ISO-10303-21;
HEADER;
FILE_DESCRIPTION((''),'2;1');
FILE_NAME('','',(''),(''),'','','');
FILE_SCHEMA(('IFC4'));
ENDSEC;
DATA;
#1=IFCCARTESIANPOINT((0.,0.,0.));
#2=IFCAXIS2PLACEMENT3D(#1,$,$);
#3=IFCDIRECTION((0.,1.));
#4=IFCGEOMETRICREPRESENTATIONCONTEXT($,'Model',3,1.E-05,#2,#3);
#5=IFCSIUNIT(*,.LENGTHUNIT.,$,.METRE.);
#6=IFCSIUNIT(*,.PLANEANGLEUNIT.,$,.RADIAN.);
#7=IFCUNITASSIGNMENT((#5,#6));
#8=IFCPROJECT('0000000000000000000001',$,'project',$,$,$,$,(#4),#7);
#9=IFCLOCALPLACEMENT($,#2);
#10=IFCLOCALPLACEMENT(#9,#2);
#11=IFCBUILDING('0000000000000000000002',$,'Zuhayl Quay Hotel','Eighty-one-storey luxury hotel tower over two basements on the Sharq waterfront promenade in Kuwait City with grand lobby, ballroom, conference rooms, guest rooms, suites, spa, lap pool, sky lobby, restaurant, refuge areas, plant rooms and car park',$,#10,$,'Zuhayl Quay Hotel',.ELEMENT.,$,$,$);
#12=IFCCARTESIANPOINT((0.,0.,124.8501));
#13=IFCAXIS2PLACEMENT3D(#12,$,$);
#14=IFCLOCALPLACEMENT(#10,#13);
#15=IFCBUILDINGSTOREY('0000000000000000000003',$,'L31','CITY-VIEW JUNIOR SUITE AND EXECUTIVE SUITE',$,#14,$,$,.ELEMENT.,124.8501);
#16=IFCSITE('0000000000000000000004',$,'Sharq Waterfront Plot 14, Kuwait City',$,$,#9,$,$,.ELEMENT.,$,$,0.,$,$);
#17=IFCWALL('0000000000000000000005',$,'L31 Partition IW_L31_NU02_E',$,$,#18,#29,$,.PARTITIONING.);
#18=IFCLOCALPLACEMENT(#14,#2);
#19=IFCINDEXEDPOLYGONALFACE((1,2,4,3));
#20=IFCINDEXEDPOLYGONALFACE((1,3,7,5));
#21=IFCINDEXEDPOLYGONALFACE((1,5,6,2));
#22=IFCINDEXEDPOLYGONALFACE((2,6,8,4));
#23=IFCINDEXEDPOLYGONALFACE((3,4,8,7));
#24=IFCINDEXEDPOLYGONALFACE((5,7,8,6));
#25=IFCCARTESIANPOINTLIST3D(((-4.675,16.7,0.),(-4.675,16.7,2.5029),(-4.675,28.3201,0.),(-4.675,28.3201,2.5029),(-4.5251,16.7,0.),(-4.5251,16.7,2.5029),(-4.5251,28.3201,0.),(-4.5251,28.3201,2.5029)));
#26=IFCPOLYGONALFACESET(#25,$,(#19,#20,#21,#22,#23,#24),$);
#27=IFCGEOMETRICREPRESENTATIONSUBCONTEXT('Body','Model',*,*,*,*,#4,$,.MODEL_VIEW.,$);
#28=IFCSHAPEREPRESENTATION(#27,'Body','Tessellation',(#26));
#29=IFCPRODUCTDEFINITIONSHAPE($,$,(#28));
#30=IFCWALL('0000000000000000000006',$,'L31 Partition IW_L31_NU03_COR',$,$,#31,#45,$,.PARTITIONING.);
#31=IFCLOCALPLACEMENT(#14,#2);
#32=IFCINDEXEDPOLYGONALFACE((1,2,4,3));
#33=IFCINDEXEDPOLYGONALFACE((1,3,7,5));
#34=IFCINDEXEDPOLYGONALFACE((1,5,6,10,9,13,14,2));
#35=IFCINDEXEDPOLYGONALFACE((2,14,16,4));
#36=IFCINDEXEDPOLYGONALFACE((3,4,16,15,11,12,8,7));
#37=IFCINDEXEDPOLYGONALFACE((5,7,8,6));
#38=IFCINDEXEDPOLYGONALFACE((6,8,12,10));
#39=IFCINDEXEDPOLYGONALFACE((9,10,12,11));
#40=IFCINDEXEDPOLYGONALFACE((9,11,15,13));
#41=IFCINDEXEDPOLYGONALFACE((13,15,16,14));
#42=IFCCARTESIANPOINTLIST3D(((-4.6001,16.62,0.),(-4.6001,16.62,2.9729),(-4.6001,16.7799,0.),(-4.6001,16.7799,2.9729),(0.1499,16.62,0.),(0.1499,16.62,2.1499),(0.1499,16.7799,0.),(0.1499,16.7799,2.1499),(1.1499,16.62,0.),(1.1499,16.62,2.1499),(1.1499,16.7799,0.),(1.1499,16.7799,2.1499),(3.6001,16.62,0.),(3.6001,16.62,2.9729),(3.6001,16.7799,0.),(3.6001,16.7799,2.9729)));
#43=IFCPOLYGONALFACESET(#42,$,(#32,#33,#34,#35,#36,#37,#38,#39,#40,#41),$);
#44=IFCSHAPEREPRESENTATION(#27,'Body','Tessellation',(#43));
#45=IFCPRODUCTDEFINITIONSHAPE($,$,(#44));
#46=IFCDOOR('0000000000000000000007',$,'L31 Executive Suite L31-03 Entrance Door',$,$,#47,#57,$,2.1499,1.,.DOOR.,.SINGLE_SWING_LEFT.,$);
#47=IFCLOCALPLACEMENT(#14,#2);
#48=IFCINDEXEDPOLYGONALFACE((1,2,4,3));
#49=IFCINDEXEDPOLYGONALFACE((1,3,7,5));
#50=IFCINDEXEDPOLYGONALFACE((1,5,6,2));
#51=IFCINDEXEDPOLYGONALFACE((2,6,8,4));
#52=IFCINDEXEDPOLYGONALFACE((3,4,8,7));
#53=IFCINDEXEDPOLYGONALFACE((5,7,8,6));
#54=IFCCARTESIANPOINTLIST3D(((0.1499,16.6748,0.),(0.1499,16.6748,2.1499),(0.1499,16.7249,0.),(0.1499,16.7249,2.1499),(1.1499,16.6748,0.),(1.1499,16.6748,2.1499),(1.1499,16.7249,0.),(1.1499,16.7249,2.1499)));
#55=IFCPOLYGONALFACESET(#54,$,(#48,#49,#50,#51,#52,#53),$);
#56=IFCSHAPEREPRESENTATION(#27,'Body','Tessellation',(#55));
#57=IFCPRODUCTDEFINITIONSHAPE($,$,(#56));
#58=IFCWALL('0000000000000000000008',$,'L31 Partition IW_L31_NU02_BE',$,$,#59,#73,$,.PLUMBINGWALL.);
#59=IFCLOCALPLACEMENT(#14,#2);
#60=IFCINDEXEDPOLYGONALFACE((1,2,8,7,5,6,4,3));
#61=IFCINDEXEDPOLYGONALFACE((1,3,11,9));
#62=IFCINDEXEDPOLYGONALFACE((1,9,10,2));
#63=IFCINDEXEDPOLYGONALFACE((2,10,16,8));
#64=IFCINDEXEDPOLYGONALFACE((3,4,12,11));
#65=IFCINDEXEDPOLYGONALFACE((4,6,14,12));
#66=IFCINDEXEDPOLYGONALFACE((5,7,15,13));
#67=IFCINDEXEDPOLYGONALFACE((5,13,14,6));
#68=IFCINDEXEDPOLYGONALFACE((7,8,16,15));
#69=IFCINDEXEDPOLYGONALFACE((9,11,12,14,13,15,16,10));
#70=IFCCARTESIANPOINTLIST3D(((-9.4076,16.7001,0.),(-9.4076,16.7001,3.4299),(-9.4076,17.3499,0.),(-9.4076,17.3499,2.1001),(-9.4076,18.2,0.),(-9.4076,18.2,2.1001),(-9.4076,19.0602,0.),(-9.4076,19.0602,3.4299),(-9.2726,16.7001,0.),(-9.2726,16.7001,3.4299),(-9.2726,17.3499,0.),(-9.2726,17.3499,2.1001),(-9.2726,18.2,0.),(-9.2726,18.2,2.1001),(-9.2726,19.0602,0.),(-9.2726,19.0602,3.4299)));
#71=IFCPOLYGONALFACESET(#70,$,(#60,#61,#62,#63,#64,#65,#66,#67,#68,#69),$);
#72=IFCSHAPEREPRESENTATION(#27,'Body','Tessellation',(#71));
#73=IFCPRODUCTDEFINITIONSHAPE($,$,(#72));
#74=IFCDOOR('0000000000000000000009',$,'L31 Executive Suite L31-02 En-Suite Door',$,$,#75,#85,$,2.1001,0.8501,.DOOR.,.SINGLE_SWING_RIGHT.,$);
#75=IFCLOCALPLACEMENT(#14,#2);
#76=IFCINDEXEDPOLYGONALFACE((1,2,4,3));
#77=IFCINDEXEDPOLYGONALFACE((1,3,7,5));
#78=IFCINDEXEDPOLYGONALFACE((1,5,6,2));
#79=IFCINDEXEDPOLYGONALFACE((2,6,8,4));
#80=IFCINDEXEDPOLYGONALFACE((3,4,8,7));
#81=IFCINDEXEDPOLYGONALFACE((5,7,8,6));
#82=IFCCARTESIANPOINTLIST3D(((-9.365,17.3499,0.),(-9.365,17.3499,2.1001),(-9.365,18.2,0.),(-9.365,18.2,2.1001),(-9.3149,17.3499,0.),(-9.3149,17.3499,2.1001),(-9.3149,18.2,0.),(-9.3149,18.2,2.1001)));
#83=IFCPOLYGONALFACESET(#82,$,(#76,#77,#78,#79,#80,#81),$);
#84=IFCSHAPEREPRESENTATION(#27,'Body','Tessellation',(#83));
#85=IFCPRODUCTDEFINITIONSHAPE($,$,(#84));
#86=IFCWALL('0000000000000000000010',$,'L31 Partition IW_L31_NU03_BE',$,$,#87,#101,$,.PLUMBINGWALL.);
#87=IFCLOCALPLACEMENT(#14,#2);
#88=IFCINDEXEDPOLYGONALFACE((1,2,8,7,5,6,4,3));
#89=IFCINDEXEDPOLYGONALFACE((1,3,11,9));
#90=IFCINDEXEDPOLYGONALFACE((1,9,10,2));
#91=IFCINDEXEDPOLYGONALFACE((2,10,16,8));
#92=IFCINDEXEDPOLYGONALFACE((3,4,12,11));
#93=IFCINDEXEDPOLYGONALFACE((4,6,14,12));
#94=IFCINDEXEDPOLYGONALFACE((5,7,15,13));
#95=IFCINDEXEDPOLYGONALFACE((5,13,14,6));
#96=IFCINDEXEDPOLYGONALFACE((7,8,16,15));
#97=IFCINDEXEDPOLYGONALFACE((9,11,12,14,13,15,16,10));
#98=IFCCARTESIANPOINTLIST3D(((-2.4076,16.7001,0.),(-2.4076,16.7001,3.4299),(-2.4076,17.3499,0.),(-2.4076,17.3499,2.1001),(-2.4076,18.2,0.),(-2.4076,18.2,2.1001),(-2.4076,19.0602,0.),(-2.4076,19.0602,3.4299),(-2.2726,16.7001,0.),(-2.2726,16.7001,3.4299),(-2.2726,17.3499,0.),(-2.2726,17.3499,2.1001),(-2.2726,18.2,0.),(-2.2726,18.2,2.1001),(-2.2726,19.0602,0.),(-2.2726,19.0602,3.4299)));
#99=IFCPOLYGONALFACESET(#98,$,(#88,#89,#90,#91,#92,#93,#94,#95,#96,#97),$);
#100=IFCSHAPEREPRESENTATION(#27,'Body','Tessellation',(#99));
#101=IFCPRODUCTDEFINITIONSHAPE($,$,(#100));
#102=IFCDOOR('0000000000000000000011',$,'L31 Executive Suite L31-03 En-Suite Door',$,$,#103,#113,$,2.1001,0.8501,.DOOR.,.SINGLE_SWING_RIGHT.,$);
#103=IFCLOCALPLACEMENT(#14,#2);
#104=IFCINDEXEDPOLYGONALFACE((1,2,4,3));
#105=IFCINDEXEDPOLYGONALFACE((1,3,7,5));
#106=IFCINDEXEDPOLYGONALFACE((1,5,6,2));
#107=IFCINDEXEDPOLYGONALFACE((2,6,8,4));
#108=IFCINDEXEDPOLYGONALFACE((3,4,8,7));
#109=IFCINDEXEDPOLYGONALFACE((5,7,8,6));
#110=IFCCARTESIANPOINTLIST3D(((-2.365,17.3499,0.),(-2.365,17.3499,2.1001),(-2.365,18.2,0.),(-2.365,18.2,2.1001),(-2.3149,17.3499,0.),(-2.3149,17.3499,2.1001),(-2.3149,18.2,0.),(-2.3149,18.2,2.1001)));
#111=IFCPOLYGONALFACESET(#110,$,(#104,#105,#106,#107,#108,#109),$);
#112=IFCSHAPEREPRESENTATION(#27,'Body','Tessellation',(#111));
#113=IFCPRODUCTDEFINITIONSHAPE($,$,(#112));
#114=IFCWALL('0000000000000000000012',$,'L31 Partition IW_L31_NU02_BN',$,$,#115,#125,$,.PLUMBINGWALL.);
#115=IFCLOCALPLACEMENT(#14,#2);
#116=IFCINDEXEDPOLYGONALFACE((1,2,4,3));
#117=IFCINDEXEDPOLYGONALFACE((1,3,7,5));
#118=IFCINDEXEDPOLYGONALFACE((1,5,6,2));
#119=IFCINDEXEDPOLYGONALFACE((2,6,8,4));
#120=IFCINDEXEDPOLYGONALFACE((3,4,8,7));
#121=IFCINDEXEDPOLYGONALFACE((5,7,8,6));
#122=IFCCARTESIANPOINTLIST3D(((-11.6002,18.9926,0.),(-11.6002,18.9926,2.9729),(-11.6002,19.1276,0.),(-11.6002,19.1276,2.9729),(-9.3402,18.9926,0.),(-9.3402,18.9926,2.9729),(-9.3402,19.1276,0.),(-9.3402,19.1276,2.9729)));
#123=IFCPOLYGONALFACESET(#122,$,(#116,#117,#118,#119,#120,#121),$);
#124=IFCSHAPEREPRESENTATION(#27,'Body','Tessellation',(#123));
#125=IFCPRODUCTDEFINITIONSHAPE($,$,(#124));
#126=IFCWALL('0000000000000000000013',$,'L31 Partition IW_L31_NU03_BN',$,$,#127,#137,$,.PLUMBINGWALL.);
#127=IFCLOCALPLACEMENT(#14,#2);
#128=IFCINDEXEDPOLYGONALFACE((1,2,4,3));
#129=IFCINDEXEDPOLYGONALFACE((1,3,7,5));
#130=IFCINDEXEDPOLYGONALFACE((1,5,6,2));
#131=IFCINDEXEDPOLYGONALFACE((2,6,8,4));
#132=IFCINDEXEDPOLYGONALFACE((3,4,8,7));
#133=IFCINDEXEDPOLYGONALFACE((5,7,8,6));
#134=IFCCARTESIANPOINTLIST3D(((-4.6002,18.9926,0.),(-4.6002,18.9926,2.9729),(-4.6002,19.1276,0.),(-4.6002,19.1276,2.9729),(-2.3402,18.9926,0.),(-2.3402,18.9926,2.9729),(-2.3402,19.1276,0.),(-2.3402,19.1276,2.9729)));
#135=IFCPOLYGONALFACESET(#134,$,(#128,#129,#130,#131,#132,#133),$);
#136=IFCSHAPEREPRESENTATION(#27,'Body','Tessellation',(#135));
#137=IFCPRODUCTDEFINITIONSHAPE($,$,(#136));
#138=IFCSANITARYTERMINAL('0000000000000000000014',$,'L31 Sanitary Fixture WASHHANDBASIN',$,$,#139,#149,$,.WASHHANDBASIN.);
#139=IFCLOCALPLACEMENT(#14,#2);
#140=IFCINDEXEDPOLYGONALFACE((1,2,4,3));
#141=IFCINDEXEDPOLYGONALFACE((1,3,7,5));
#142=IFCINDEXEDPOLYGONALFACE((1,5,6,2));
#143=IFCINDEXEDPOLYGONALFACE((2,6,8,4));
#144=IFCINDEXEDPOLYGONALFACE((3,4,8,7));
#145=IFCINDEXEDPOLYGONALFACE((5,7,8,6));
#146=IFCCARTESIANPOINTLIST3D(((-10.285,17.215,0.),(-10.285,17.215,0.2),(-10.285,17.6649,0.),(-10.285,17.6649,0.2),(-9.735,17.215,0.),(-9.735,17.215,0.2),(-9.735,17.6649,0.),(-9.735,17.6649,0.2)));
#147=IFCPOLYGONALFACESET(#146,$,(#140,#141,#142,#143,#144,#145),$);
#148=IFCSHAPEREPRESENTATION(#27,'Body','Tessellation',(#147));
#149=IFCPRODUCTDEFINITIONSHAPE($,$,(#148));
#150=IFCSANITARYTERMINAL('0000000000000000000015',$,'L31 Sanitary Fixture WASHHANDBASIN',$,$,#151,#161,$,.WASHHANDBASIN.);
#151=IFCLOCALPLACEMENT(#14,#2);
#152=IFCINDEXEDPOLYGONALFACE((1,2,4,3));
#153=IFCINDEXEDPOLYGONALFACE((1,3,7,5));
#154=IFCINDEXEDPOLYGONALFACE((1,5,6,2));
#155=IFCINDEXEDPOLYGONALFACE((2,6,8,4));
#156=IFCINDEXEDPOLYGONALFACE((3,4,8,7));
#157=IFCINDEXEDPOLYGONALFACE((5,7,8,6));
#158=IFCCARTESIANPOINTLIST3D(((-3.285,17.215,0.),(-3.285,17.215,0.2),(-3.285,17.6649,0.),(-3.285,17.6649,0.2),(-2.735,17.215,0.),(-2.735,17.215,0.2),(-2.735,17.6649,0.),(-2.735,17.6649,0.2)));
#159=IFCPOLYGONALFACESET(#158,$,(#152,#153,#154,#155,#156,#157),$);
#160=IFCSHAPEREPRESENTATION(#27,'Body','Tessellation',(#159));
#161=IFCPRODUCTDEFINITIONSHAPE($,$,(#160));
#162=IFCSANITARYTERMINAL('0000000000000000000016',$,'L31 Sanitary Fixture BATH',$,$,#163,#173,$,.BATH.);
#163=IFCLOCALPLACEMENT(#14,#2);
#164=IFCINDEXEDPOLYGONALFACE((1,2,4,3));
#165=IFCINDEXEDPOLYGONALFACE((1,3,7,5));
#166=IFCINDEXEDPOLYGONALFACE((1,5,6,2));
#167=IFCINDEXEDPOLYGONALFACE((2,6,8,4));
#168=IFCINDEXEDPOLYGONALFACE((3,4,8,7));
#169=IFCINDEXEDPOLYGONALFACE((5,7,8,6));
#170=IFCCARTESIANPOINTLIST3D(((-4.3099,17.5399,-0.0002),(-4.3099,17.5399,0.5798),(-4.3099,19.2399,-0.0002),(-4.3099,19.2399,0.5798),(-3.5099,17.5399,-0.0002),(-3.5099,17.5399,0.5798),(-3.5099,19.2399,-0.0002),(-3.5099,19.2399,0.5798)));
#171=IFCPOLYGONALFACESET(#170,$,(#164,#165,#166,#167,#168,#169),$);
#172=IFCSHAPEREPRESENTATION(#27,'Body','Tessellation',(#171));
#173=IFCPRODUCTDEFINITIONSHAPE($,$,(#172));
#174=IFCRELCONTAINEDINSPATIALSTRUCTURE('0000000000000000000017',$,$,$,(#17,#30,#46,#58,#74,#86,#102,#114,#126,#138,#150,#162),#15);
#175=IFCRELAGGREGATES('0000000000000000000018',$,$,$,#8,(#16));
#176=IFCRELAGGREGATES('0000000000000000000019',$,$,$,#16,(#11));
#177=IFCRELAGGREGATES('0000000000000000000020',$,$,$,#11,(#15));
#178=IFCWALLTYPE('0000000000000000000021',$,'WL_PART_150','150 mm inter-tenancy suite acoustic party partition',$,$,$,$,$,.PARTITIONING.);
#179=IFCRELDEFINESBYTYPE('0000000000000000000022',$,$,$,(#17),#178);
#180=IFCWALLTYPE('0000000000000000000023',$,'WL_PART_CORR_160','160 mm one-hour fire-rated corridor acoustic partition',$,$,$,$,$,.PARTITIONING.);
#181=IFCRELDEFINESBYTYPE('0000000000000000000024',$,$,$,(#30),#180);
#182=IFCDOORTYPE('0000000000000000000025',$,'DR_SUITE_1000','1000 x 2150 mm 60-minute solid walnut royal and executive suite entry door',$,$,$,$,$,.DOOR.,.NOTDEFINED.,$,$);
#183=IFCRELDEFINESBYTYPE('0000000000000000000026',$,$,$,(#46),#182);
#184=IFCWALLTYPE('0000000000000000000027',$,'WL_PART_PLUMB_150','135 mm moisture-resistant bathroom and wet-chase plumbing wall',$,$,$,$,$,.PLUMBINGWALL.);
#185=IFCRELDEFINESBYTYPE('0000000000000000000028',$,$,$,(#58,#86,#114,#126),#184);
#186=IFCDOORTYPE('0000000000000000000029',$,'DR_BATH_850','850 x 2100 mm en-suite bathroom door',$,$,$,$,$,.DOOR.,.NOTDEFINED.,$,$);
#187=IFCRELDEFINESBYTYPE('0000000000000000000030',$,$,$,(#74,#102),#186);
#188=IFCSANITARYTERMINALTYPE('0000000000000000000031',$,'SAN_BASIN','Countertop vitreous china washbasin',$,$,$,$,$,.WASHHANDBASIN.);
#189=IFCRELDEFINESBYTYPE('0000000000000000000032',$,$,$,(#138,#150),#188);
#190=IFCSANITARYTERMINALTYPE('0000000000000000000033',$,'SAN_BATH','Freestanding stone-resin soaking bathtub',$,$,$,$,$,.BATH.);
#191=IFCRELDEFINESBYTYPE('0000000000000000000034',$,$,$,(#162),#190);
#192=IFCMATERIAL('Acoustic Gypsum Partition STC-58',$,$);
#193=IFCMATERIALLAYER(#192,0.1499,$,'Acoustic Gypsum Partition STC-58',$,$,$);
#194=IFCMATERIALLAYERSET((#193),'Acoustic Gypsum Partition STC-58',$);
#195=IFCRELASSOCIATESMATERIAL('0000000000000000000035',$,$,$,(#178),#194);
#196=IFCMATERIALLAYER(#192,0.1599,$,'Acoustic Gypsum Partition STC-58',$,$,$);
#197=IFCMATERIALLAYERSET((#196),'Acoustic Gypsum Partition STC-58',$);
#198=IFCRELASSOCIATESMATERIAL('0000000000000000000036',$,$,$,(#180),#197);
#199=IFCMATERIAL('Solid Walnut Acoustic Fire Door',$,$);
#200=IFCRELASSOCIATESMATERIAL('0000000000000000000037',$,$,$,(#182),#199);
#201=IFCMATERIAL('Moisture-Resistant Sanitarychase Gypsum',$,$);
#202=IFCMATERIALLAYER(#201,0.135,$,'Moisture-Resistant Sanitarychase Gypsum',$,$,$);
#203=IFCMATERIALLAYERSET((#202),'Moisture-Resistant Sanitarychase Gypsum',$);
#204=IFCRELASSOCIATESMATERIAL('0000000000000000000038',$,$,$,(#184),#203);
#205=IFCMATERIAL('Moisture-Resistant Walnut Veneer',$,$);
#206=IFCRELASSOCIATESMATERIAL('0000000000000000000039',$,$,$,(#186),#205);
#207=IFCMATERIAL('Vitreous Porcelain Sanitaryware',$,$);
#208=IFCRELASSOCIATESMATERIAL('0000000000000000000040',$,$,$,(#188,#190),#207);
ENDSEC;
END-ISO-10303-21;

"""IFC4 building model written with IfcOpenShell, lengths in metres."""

from ifc_helpers import new_model, si_unit, direction, frame, frame_2d, origin, origin_2d, place, context, subcontext, project, spatial, rectangle, extrude, material, layer, layer_set, type_object, element, fill, save


model = new_model("IFC4")

# Units and contexts
model_context = context("Model", 3, precision=1e-05, world=origin(), true_north=direction((0.0, 1.0)))
body_context = subcontext(model_context, "Body", "Model", "MODEL_VIEW")
ifc_project = project(units=[si_unit("LENGTHUNIT", "METRE"), si_unit("PLANEANGLEUNIT", "RADIAN")], contexts=[model_context])

# Site, building, storey
site_placement = place(None, origin())
site = spatial("IfcSite", under=ifc_project, at=site_placement, Name="Sharq Waterfront Plot 14, Kuwait City", CompositionType="ELEMENT", RefElevation=0.0)
building_placement = place(site_placement, origin())
building = spatial("IfcBuilding", under=site, at=building_placement, Name="Zuhayl Quay Hotel", Description="Eighty-one-storey luxury hotel tower over two basements on the Sharq waterfront promenade in Kuwait City with grand lobby, ballroom, conference rooms, guest rooms, suites, spa, lap pool, sky lobby, restaurant, refuge areas, plant rooms and car park", LongName="Zuhayl Quay Hotel", CompositionType="ELEMENT")
storey_placement = place(building_placement, frame((0.0, 0.0, 124.8501)))
storey = spatial("IfcBuildingStorey", under=building, at=storey_placement, Name="L31", Description="CITY-VIEW JUNIOR SUITE AND EXECUTIVE SUITE", CompositionType="ELEMENT", Elevation=124.8501)

# Wall
ifc_material_1 = material(Name="Acoustic Gypsum Partition STC-58")
ifc_layer_1 = layer(ifc_material_1, 0.1499, Name="Acoustic Gypsum Partition STC-58")
ifc_layer_set_1 = layer_set([ifc_layer_1], Name="Acoustic Gypsum Partition STC-58")
wall_type_1 = type_object("IfcWallType", Name="WL_PART_150", Description="150 mm inter-tenancy suite acoustic party partition", PredefinedType="PARTITIONING", material=ifc_layer_set_1)
wall_1_placement = place(storey_placement, frame((-4.6001, 16.7, 0.0), z_axis=(0.0, 0.0, 1.0), x_axis=(0.0, 1.0, 0.0)))
element("IfcWall", 1, at=wall_1_placement, inside=storey, type_object=wall_type_1, Name="L31 Partition IW_L31_NU02_E", PredefinedType="PARTITIONING", context=body_context, shape_type="SweptSolid", body=[
    extrude(rectangle(XDim=11.6201, YDim=0.1499, at=frame_2d((5.8101, 0.0))), origin(), (0.0, 0.0, 1.0), 2.5029),
])

# Walls, openings, doors
ifc_layer_2 = layer(ifc_material_1, 0.1599, Name="Acoustic Gypsum Partition STC-58")
ifc_layer_set_2 = layer_set([ifc_layer_2], Name="Acoustic Gypsum Partition STC-58")
wall_type_2 = type_object("IfcWallType", Name="WL_PART_CORR_160", Description="160 mm one-hour fire-rated corridor acoustic partition", PredefinedType="PARTITIONING", material=ifc_layer_set_2)
wall_2_placement = place(storey_placement, frame((-4.6001, 16.7, 0.0), z_axis=(0.0, 0.0, 1.0), x_axis=(1.0, 0.0, 0.0)))
wall_2 = element("IfcWall", 2, at=wall_2_placement, inside=storey, type_object=wall_type_2, Name="L31 Partition IW_L31_NU03_COR", PredefinedType="PARTITIONING", context=body_context, shape_type="SweptSolid", body=[
    extrude(rectangle(XDim=8.2002, YDim=0.1599, at=frame_2d((4.1001, 0.0))), origin(), (0.0, 0.0, 1.0), 2.9729),
])
opening_1_placement = place(wall_2_placement, frame((4.75, 0.0, 0.0)))
opening_1 = element("IfcOpeningElement", 3, at=opening_1_placement, cuts=wall_2, PredefinedType="OPENING", context=body_context, shape_type="SweptSolid", body=[
    extrude(rectangle(XDim=1.0, YDim=2.1499, at=frame_2d((0.5, 1.075))), frame((0.0, 0.0898, 0.0), z_axis=(0.0, -1.0, 0.0), x_axis=(1.0, 0.0, 0.0)), (0.0, 0.0, 1.0), 0.1799),
])
ifc_material_2 = material(Name="Solid Walnut Acoustic Fire Door")
door_type_1 = type_object("IfcDoorType", Name="DR_SUITE_1000", Description="1000 x 2150 mm 60-minute solid walnut royal and executive suite entry door", OperationType="NOTDEFINED", PredefinedType="DOOR", material=ifc_material_2)
door_1_placement = place(opening_1_placement, origin())
door_1 = element("IfcDoor", 4, at=door_1_placement, inside=storey, type_object=door_type_1, Name="L31 Executive Suite L31-03 Entrance Door", OperationType="SINGLE_SWING_LEFT", OverallHeight=2.1499, OverallWidth=1.0, PredefinedType="DOOR", context=body_context, shape_type="SweptSolid", body=[
    extrude(rectangle(XDim=1.0, YDim=2.1499, at=frame_2d((0.5, 1.075))), frame((0.0, 0.0249, 0.0), z_axis=(0.0, -1.0, 0.0), x_axis=(1.0, 0.0, 0.0)), (0.0, 0.0, 1.0), 0.05),
])
fill(opening_1, door_1)
ifc_material_3 = material(Name="Moisture-Resistant Sanitarychase Gypsum")
ifc_layer_3 = layer(ifc_material_3, 0.135, Name="Moisture-Resistant Sanitarychase Gypsum")
ifc_layer_set_3 = layer_set([ifc_layer_3], Name="Moisture-Resistant Sanitarychase Gypsum")
wall_type_3 = type_object("IfcWallType", Name="WL_PART_PLUMB_150", Description="135 mm moisture-resistant bathroom and wet-chase plumbing wall", PredefinedType="PLUMBINGWALL", material=ifc_layer_set_3)
wall_3_placement = place(storey_placement, frame((-9.3401, 16.7, 0.0), z_axis=(0.0, 0.0, 1.0), x_axis=(0.0, 1.0, 0.0)))
wall_3 = element("IfcWall", 5, at=wall_3_placement, inside=storey, type_object=wall_type_3, Name="L31 Partition IW_L31_NU02_BE", PredefinedType="PLUMBINGWALL", context=body_context, shape_type="SweptSolid", body=[
    extrude(rectangle(XDim=2.3601, YDim=0.135, at=frame_2d((1.1802, 0.0))), origin(), (0.0, 0.0, 1.0), 3.4299),
])
opening_2_placement = place(wall_3_placement, frame((0.6499, 0.0, 0.0)))
opening_2 = element("IfcOpeningElement", 6, at=opening_2_placement, cuts=wall_3, PredefinedType="OPENING", context=body_context, shape_type="SweptSolid", body=[
    extrude(rectangle(XDim=0.8501, YDim=2.1001, at=frame_2d((0.425, 1.05))), frame((0.0, 0.0774, 0.0), z_axis=(0.0, -1.0, 0.0), x_axis=(1.0, 0.0, 0.0)), (0.0, 0.0, 1.0), 0.155),
])
ifc_material_4 = material(Name="Moisture-Resistant Walnut Veneer")
door_type_2 = type_object("IfcDoorType", Name="DR_BATH_850", Description="850 x 2100 mm en-suite bathroom door", OperationType="NOTDEFINED", PredefinedType="DOOR", material=ifc_material_4)
door_2_placement = place(opening_2_placement, origin())
door_2 = element("IfcDoor", 7, at=door_2_placement, inside=storey, type_object=door_type_2, Name="L31 Executive Suite L31-02 En-Suite Door", OperationType="SINGLE_SWING_RIGHT", OverallHeight=2.1001, OverallWidth=0.8501, PredefinedType="DOOR", context=body_context, shape_type="SweptSolid", body=[
    extrude(rectangle(XDim=0.8501, YDim=2.1001, at=frame_2d((0.425, 1.05))), frame((0.0, 0.0249, 0.0), z_axis=(0.0, -1.0, 0.0), x_axis=(1.0, 0.0, 0.0)), (0.0, 0.0, 1.0), 0.05),
])
fill(opening_2, door_2)
wall_4_placement = place(storey_placement, frame((-2.3401, 16.7, 0.0), z_axis=(0.0, 0.0, 1.0), x_axis=(0.0, 1.0, 0.0)))
wall_4 = element("IfcWall", 8, at=wall_4_placement, inside=storey, type_object=wall_type_3, Name="L31 Partition IW_L31_NU03_BE", PredefinedType="PLUMBINGWALL", context=body_context, shape_type="SweptSolid", body=[
    extrude(rectangle(XDim=2.3601, YDim=0.135, at=frame_2d((1.1802, 0.0))), origin(), (0.0, 0.0, 1.0), 3.4299),
])
opening_3_placement = place(wall_4_placement, frame((0.6499, 0.0, 0.0)))
opening_3 = element("IfcOpeningElement", 9, at=opening_3_placement, cuts=wall_4, PredefinedType="OPENING", context=body_context, shape_type="SweptSolid", body=[
    extrude(rectangle(XDim=0.8501, YDim=2.1001, at=frame_2d((0.425, 1.05))), frame((0.0, 0.0774, 0.0), z_axis=(0.0, -1.0, 0.0), x_axis=(1.0, 0.0, 0.0)), (0.0, 0.0, 1.0), 0.155),
])
door_3_placement = place(opening_3_placement, origin())
door_3 = element("IfcDoor", 10, at=door_3_placement, inside=storey, type_object=door_type_2, Name="L31 Executive Suite L31-03 En-Suite Door", OperationType="SINGLE_SWING_RIGHT", OverallHeight=2.1001, OverallWidth=0.8501, PredefinedType="DOOR", context=body_context, shape_type="SweptSolid", body=[
    extrude(rectangle(XDim=0.8501, YDim=2.1001, at=frame_2d((0.425, 1.05))), frame((0.0, 0.0249, 0.0), z_axis=(0.0, -1.0, 0.0), x_axis=(1.0, 0.0, 0.0)), (0.0, 0.0, 1.0), 0.05),
])
fill(opening_3, door_3)

# Walls
for number, where, z_axis, x_axis, name in (
    (11, (-11.6001, 19.0601, 0.0), (0.0, 0.0, 1.0), (1.0, 0.0, 0.0), "L31 Partition IW_L31_NU02_BN"),
    (12, (-4.6001, 19.0601, 0.0), (0.0, 0.0, 1.0), (1.0, 0.0, 0.0), "L31 Partition IW_L31_NU03_BN"),
):
    element("IfcWall", number, at=place(storey_placement, frame(where, z_axis=z_axis, x_axis=x_axis)), inside=storey, type_object=wall_type_3, Name=name, PredefinedType="PLUMBINGWALL", context=body_context, shape_type="SweptSolid", body=[
        extrude(rectangle(XDim=2.26, YDim=0.135, at=frame_2d((1.1299, 0.0))), origin(), (0.0, 0.0, 1.0), 2.9729),
    ])

# Sanitary terminals
ifc_material_5 = material(Name="Vitreous Porcelain Sanitaryware")
sanitary_terminal_type_1 = type_object("IfcSanitaryTerminalType", Name="SAN_BASIN", Description="Countertop vitreous china washbasin", PredefinedType="WASHHANDBASIN", material=ifc_material_5)
for number, where, z_axis, x_axis, name in (
    (13, (-10.01, 17.4399, 0.0), (0.0, 0.0, 1.0), (1.0, 0.0, 0.0), "L31 Sanitary Fixture WASHHANDBASIN"),
    (14, (-3.01, 17.4399, 0.0), (0.0, 0.0, 1.0), (1.0, 0.0, 0.0), "L31 Sanitary Fixture WASHHANDBASIN"),
):
    element("IfcSanitaryTerminal", number, at=place(storey_placement, frame(where, z_axis=z_axis, x_axis=x_axis)), inside=storey, type_object=sanitary_terminal_type_1, Name=name, PredefinedType="WASHHANDBASIN", context=body_context, shape_type="SweptSolid", body=[
        extrude(rectangle(XDim=0.55, YDim=0.45, at=origin_2d()), origin(), (0.0, 0.0, 1.0), 0.2),
    ])
sanitary_terminal_type_2 = type_object("IfcSanitaryTerminalType", Name="SAN_BATH", Description="Freestanding stone-resin soaking bathtub", PredefinedType="BATH", material=ifc_material_5)
sanitary_terminal_1_placement = place(storey_placement, frame((-3.9099, 18.3899, -0.0002), z_axis=(0.0, 0.0, 1.0), x_axis=(1.0, 0.0, 0.0)))
element("IfcSanitaryTerminal", 15, at=sanitary_terminal_1_placement, inside=storey, type_object=sanitary_terminal_type_2, Name="L31 Sanitary Fixture BATH", PredefinedType="BATH", context=body_context, shape_type="SweptSolid", body=[
    extrude(rectangle(XDim=0.8, YDim=1.7, at=origin_2d()), origin(), (0.0, 0.0, 1.0), 0.5801),
])

save(model, "model.ifc")
